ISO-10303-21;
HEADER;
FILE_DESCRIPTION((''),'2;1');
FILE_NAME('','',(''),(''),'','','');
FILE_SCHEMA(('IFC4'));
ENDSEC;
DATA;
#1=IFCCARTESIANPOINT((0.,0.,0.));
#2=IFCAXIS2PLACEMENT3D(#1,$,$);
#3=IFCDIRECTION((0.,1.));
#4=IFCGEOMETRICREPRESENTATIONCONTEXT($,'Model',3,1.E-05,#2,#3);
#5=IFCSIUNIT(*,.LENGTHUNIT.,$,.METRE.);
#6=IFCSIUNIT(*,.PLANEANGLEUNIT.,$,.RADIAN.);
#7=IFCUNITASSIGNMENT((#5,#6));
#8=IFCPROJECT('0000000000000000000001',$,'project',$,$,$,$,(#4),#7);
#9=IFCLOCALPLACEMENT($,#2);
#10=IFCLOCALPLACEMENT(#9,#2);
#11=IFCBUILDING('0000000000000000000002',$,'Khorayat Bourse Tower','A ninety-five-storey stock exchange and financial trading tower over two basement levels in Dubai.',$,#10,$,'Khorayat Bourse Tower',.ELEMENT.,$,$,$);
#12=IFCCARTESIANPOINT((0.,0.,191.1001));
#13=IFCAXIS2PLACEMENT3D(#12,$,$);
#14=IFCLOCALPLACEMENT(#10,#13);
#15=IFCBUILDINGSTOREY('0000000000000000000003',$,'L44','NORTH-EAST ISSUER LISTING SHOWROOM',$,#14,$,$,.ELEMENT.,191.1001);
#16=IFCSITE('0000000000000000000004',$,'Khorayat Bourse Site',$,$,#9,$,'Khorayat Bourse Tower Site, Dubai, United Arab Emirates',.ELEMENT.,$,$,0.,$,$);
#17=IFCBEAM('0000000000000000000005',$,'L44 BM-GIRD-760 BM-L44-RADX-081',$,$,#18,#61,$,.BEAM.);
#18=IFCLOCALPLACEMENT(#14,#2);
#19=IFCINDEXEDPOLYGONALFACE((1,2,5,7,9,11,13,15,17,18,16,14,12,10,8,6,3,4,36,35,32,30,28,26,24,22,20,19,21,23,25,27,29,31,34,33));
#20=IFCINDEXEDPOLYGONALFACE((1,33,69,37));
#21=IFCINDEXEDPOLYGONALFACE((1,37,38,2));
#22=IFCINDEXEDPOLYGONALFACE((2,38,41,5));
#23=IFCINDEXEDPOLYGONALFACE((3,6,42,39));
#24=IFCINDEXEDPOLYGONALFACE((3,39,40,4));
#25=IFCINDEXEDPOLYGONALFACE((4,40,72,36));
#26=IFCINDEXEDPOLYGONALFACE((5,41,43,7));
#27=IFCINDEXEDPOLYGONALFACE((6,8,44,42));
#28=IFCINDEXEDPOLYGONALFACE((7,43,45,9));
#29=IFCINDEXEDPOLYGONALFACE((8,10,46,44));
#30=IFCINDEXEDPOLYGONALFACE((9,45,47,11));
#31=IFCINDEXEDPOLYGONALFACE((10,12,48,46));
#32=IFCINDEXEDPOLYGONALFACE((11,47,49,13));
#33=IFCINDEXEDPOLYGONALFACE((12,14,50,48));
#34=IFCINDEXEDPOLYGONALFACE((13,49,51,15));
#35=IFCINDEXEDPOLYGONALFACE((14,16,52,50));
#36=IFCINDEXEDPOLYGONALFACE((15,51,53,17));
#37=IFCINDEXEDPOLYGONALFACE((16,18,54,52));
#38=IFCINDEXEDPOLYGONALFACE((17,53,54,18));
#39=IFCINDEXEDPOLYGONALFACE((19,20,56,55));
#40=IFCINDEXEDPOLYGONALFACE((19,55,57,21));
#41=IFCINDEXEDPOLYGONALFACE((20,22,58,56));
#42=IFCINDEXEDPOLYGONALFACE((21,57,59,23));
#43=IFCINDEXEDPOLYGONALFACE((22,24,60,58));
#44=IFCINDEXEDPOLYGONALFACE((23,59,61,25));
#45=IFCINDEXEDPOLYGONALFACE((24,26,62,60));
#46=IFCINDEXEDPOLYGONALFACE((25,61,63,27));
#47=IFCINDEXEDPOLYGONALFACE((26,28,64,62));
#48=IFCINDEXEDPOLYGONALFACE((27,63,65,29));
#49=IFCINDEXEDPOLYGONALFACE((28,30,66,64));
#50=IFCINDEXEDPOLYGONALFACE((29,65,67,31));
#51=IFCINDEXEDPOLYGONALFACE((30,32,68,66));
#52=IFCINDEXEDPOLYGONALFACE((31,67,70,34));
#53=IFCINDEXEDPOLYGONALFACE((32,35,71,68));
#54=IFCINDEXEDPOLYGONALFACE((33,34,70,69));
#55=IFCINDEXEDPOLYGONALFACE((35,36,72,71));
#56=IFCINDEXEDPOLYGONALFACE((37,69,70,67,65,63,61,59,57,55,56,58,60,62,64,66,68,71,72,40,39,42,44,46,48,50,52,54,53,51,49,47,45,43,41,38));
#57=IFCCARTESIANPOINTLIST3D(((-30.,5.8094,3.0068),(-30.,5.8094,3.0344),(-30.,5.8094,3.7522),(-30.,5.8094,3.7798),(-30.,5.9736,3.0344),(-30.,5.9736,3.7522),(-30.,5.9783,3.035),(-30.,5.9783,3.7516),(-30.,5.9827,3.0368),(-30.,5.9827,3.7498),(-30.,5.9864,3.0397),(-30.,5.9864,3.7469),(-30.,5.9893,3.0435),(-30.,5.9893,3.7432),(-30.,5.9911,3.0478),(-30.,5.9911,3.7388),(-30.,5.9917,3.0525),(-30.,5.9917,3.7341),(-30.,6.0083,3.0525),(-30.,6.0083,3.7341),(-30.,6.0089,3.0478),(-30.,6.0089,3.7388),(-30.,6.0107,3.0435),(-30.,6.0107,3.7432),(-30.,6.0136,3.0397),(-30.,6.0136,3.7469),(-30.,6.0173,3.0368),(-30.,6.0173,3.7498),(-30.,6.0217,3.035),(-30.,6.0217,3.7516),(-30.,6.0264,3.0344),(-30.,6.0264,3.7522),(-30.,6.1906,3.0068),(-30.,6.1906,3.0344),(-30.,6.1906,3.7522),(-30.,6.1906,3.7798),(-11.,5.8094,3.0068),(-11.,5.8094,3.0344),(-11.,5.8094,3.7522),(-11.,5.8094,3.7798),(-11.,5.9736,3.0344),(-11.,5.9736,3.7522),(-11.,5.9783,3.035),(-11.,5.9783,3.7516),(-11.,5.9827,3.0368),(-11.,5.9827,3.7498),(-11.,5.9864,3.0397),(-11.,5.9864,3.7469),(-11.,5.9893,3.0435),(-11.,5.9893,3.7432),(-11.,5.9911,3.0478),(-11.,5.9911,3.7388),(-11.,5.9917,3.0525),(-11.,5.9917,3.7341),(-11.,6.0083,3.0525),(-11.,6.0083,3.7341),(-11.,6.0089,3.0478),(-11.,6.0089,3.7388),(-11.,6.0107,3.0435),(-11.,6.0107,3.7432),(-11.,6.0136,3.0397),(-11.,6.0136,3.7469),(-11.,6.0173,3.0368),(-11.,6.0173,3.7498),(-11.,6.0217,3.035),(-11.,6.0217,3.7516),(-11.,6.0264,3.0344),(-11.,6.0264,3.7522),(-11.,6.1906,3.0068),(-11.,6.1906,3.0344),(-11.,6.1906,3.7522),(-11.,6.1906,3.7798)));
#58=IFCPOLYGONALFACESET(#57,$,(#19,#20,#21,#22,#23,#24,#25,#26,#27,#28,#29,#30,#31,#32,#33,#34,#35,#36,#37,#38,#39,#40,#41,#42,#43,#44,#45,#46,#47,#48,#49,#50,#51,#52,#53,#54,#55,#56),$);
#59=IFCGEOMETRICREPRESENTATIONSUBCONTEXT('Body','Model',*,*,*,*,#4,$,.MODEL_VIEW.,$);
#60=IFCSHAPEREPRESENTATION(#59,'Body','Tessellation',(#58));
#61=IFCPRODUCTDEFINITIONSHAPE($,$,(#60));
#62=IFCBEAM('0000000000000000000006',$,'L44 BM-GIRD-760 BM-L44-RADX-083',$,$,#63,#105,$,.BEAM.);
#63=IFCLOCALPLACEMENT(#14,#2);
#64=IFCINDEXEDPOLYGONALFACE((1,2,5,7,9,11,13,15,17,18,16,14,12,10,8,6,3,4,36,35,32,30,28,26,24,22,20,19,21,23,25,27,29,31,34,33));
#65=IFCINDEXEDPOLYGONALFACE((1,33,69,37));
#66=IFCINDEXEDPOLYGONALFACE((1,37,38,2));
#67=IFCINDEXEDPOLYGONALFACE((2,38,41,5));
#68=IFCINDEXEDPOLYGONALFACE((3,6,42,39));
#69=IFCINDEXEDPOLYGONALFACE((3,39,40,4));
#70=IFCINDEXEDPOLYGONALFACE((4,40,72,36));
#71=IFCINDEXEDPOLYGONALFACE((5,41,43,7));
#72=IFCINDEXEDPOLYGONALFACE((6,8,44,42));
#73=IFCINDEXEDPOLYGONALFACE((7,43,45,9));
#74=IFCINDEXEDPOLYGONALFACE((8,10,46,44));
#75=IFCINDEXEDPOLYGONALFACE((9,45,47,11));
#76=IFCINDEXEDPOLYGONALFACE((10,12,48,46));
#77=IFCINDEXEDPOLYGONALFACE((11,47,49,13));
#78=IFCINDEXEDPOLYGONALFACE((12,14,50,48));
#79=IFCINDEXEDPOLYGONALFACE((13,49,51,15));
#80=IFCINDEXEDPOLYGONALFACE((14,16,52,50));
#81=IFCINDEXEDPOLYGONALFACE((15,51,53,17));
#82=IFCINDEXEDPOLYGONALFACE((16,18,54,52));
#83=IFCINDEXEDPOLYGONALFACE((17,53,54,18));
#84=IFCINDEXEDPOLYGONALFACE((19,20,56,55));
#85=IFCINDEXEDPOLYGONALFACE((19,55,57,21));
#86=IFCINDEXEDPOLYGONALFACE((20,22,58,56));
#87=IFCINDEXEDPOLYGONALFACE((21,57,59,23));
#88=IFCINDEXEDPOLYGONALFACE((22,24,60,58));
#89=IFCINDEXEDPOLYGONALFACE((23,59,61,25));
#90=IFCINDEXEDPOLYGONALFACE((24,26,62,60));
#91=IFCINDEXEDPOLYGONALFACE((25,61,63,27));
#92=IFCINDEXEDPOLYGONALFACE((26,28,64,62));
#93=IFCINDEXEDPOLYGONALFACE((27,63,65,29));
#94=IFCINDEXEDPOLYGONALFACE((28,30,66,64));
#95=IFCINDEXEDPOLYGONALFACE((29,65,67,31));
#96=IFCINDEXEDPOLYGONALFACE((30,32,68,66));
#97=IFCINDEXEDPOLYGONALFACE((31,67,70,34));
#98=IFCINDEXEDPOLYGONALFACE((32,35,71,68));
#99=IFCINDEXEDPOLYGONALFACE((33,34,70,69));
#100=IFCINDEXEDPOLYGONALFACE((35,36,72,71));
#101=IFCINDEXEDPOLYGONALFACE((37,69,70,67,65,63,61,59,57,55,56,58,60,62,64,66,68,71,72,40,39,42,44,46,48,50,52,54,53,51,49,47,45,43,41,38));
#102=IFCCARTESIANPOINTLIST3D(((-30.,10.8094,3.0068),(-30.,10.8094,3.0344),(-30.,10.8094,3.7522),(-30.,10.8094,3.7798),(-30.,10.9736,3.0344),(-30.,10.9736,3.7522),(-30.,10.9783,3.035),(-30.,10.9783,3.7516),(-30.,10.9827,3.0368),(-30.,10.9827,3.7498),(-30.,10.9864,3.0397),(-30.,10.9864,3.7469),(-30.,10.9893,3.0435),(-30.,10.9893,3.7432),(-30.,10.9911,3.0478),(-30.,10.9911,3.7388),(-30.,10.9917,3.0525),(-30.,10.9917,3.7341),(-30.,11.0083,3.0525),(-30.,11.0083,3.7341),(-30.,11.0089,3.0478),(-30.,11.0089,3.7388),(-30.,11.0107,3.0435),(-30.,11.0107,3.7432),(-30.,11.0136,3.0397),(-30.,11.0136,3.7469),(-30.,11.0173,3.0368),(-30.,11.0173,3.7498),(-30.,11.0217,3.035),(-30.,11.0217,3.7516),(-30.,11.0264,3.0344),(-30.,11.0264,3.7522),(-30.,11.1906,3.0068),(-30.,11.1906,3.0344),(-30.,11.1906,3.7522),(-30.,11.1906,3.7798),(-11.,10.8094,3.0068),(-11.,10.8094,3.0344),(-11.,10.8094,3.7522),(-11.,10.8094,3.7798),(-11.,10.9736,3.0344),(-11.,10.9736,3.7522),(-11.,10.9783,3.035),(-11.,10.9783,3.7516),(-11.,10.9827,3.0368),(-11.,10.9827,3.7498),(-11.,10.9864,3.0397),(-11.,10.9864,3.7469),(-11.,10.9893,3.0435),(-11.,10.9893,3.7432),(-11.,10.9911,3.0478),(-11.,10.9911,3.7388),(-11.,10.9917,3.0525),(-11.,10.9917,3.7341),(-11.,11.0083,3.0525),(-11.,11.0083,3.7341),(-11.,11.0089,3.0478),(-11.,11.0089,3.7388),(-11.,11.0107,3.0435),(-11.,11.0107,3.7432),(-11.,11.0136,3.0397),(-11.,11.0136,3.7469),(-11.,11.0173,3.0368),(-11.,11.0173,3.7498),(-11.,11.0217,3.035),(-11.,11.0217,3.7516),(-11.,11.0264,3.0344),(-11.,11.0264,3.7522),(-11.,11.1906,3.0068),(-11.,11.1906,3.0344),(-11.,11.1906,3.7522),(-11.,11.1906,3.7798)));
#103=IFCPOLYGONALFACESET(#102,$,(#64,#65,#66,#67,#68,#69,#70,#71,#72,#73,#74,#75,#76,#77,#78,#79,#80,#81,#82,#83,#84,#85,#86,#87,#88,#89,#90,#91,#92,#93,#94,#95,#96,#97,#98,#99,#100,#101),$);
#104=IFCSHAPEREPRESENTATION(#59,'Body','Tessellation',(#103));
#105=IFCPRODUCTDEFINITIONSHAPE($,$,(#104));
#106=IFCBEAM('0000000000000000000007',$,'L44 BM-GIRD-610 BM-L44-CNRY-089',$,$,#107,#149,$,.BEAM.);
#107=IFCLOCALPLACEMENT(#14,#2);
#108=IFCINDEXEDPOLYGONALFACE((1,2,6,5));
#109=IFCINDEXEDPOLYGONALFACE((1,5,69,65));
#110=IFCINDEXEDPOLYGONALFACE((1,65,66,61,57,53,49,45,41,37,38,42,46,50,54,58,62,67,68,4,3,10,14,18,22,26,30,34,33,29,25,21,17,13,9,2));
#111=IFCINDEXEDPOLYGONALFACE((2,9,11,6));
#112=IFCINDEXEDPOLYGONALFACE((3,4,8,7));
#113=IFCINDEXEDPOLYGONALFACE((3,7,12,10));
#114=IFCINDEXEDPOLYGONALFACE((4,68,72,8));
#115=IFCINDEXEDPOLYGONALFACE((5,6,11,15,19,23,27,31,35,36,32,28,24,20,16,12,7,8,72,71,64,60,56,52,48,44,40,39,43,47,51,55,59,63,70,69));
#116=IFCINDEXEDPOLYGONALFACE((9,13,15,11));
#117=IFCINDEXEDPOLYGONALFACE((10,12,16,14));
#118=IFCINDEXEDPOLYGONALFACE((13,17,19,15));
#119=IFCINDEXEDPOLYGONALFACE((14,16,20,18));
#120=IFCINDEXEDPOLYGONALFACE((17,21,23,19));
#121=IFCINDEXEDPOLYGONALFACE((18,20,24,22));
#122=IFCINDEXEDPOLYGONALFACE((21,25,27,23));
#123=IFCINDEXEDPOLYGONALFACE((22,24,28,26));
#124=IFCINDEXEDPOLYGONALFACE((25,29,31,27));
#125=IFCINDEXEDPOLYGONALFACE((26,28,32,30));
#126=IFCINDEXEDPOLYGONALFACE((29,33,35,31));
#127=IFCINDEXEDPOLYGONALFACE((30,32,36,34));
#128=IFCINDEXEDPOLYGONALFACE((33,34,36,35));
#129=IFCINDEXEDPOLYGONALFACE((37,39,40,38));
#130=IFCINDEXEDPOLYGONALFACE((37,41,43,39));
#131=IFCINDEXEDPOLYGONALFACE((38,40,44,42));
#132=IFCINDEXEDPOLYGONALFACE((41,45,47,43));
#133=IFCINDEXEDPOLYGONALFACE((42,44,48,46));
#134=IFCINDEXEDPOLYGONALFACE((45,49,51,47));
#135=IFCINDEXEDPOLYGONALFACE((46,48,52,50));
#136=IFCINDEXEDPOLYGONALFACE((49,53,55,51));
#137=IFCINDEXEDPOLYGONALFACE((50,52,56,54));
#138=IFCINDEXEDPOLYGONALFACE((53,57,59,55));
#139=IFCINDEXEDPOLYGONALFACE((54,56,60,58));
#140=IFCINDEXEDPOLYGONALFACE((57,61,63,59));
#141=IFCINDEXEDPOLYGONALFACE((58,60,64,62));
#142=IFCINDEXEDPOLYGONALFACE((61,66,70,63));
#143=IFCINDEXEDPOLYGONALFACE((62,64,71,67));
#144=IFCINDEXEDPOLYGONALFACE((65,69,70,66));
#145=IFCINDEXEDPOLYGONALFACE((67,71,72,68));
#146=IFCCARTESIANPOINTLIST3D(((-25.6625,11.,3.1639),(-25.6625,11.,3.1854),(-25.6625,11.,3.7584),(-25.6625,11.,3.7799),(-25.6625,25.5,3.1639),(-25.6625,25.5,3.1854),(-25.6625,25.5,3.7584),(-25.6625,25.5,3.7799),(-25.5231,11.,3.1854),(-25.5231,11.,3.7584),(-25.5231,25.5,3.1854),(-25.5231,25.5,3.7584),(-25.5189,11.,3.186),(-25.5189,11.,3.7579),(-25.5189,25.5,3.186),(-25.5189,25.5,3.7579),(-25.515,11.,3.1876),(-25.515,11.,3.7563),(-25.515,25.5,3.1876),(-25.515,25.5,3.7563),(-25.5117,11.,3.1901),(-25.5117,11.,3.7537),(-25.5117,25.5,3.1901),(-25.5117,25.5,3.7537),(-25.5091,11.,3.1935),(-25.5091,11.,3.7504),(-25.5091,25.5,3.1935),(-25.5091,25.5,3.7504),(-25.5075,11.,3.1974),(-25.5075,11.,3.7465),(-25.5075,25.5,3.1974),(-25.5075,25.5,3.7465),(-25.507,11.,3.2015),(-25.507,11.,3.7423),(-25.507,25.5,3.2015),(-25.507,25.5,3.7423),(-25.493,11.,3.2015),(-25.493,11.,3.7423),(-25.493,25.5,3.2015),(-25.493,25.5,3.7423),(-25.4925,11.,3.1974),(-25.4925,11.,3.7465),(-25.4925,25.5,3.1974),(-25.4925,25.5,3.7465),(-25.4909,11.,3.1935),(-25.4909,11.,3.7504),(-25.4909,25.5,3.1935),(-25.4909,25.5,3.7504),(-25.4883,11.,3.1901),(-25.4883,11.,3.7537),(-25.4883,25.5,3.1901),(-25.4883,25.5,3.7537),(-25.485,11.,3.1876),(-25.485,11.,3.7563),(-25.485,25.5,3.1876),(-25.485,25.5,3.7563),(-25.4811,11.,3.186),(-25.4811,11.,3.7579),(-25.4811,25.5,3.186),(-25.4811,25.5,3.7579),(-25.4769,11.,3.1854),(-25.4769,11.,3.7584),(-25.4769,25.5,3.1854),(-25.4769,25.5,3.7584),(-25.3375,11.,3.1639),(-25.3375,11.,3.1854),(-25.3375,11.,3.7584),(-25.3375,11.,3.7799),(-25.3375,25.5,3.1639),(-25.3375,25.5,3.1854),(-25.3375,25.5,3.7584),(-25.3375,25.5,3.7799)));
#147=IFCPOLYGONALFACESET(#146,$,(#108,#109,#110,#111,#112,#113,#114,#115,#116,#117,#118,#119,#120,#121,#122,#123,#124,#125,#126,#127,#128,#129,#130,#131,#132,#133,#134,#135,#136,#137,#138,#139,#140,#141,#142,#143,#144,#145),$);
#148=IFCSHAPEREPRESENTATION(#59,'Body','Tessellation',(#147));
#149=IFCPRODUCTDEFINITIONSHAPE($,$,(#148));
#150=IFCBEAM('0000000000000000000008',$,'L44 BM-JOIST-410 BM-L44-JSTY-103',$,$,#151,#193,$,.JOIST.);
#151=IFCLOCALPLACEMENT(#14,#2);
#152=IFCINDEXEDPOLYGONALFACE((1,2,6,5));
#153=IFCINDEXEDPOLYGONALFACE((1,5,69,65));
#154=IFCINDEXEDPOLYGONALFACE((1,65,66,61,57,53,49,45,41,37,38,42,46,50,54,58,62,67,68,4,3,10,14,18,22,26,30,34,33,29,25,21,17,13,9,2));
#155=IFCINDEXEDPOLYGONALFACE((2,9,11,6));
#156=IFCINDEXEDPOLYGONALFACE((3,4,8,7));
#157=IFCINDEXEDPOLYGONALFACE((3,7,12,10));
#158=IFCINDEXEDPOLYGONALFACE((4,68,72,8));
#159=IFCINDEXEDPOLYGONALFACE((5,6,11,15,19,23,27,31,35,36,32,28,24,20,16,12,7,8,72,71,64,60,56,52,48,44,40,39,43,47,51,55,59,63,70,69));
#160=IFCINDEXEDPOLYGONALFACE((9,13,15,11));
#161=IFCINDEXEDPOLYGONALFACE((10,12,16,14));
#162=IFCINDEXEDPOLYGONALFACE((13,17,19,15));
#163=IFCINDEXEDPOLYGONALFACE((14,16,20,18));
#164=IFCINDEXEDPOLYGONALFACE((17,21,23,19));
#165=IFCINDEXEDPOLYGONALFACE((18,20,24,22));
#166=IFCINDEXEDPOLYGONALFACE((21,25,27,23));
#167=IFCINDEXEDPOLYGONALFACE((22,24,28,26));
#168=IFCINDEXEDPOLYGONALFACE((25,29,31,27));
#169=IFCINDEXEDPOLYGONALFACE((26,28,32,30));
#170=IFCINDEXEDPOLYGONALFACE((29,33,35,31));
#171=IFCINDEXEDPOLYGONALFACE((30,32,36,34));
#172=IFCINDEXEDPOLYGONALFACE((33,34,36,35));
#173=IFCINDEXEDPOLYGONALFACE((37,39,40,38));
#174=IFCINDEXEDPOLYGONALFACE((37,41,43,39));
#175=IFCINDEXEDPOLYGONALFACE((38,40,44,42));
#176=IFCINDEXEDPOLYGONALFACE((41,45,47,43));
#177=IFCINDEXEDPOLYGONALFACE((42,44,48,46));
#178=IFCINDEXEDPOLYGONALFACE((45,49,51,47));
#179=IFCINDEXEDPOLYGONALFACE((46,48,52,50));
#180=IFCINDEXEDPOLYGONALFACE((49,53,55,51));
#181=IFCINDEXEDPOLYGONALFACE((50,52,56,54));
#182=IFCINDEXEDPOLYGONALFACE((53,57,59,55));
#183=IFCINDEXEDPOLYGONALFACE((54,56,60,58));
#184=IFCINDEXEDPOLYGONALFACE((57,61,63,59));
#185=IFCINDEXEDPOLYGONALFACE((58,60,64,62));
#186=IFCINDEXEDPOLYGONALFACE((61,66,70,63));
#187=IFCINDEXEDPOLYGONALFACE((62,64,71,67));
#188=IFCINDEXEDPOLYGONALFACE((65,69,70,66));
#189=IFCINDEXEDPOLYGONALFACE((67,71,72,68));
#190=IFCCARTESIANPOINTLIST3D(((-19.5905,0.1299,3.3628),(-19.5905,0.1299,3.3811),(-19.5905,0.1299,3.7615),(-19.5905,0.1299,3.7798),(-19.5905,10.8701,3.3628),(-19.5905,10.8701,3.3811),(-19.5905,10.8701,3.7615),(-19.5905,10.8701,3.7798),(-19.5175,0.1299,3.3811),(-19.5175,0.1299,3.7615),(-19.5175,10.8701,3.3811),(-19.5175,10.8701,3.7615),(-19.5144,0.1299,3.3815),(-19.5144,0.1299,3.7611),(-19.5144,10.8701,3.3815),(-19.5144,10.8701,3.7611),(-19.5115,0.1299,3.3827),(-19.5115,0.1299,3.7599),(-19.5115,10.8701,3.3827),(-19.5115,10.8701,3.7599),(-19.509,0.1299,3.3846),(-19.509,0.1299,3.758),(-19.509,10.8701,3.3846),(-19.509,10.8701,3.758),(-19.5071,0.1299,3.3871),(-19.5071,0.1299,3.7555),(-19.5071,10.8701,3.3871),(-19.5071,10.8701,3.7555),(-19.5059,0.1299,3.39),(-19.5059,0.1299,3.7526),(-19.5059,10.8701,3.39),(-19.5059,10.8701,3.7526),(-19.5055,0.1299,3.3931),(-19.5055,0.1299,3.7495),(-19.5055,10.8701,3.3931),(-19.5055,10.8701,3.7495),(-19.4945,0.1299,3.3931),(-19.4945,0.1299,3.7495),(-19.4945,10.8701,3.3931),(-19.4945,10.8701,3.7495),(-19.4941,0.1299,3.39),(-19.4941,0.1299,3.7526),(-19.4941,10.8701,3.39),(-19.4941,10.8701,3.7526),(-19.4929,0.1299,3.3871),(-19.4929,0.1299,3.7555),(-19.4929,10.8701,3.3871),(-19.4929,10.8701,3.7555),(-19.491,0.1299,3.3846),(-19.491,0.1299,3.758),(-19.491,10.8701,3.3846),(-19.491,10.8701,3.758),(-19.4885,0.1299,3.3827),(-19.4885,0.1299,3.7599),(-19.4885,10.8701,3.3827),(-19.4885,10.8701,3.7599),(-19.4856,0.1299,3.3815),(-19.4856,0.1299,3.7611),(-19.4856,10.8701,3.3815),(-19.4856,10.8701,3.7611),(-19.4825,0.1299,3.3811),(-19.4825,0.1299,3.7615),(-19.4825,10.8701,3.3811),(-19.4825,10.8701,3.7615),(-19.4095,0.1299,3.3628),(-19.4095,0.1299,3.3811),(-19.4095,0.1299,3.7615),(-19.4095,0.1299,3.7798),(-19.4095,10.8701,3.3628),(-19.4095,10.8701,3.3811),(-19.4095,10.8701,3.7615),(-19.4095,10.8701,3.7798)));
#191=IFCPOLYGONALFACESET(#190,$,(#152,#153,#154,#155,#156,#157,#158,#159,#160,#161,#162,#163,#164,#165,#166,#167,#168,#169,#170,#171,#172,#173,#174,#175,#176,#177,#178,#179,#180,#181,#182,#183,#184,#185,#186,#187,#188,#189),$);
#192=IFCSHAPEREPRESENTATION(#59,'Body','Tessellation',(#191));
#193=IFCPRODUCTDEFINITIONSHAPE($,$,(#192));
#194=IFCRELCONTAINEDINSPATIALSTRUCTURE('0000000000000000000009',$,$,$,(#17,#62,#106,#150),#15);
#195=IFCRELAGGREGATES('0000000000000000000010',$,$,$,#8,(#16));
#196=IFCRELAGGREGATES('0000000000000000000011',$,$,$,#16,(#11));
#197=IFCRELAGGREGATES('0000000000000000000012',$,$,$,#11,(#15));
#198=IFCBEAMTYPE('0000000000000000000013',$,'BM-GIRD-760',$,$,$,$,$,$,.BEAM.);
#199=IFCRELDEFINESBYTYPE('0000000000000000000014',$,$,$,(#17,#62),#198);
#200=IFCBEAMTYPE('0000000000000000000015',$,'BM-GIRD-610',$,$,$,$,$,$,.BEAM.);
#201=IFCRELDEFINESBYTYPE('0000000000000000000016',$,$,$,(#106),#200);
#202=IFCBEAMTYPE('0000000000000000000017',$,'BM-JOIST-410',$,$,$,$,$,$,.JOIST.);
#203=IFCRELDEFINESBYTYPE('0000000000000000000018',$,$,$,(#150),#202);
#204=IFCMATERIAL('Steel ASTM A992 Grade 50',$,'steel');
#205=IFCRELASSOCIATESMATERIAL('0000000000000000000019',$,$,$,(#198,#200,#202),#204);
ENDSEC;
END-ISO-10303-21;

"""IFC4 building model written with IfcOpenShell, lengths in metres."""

from ifc_helpers import new_model, si_unit, direction, frame, origin, origin_2d, place, context, subcontext, project, spatial, i_section, extrude, source, transform, mapped, material, material_profile, profile_set, type_object, element, save


model = new_model("IFC4")

# Units and contexts
model_context = context("Model", 3, precision=1e-05, world=origin(), true_north=direction((0.0, 1.0)))
body_context = subcontext(model_context, "Body", "Model", "MODEL_VIEW")
ifc_project = project(units=[si_unit("LENGTHUNIT", "METRE"), si_unit("PLANEANGLEUNIT", "RADIAN")], contexts=[model_context])

# Site, building, storey
site_placement = place(None, origin())
site = spatial("IfcSite", under=ifc_project, at=site_placement, Name="Khorayat Bourse Site", LongName="Khorayat Bourse Tower Site, Dubai, United Arab Emirates", CompositionType="ELEMENT", RefElevation=0.0)
building_placement = place(site_placement, origin())
building = spatial("IfcBuilding", under=site, at=building_placement, Name="Khorayat Bourse Tower", Description="A ninety-five-storey stock exchange and financial trading tower over two basement levels in Dubai.", LongName="Khorayat Bourse Tower", CompositionType="ELEMENT")
storey_placement = place(building_placement, frame((0.0, 0.0, 191.1001)))
storey = spatial("IfcBuildingStorey", under=building, at=storey_placement, Name="L44", Description="NORTH-EAST ISSUER LISTING SHOWROOM", CompositionType="ELEMENT", Elevation=191.1001)

# Beams
ifc_material_1 = material(Name="Steel ASTM A992 Grade 50", Category="steel")
ifc_material_profile_1 = material_profile(ifc_material_1, i_section(OverallWidth=0.3811, OverallDepth=0.7729, WebThickness=0.0166, FlangeThickness=0.0276, FilletRadius=0.0181, at=origin_2d()), Name="W760X257")
ifc_profile_set_1 = profile_set([ifc_material_profile_1], Name="Steel ASTM A992 Grade 50")
beam_type_1 = type_object("IfcBeamType", Name="BM-GIRD-760", PredefinedType="BEAM", material=ifc_profile_set_1)
shared_shape_1 = source(origin(), body_context, "Body", "SweptSolid", [
    extrude(i_section(OverallWidth=0.3811, OverallDepth=0.7729, WebThickness=0.0166, FlangeThickness=0.0276, FilletRadius=0.0181, at=origin_2d()), origin(), (0.0, 0.0, 1.0), 19.0),
])
for number, where, z_axis, x_axis, name in (
    (1, (-30.0, 6.0, 3.3933), (1.0, 0.0, 0.0), (0.0, 1.0, 0.0), "L44 BM-GIRD-760 BM-L44-RADX-081"),
    (2, (-30.0, 11.0, 3.3933), (1.0, 0.0, 0.0), (0.0, 1.0, 0.0), "L44 BM-GIRD-760 BM-L44-RADX-083"),
):
    element("IfcBeam", number, at=place(storey_placement, frame(where, z_axis=z_axis, x_axis=x_axis)), inside=storey, type_object=beam_type_1, Name=name, PredefinedType="BEAM", context=body_context, shape_type="MappedRepresentation", body=[
        mapped(shared_shape_1, transform((0.0, 0.0, 0.0), scale=1.0)),
    ])
ifc_material_profile_2 = material_profile(ifc_material_1, i_section(OverallWidth=0.325, OverallDepth=0.616, WebThickness=0.0139, FlangeThickness=0.0215, FilletRadius=0.0161, at=origin_2d()), Name="W610X174")
ifc_profile_set_2 = profile_set([ifc_material_profile_2], Name="Steel ASTM A992 Grade 50")
beam_type_2 = type_object("IfcBeamType", Name="BM-GIRD-610", PredefinedType="BEAM", material=ifc_profile_set_2)
shared_shape_2 = source(origin(), body_context, "Body", "SweptSolid", [
    extrude(i_section(OverallWidth=0.325, OverallDepth=0.616, WebThickness=0.0139, FlangeThickness=0.0215, FilletRadius=0.0161, at=origin_2d()), origin(), (0.0, 0.0, 1.0), 14.5),
])
beam_1_placement = place(storey_placement, frame((-25.5, 11.0, 3.4719), z_axis=(0.0, 1.0, 0.0), x_axis=(-1.0, 0.0, 0.0)))
element("IfcBeam", 3, at=beam_1_placement, inside=storey, type_object=beam_type_2, Name="L44 BM-GIRD-610 BM-L44-CNRY-089", PredefinedType="BEAM", context=body_context, shape_type="MappedRepresentation", body=[
    mapped(shared_shape_2, transform((0.0, 0.0, 0.0), scale=1.0)),
])
ifc_material_profile_3 = material_profile(ifc_material_1, i_section(OverallWidth=0.1809, OverallDepth=0.417, WebThickness=0.011, FlangeThickness=0.0183, FilletRadius=0.012, at=origin_2d()), Name="W410X85")
ifc_profile_set_3 = profile_set([ifc_material_profile_3], Name="Steel ASTM A992 Grade 50")
beam_type_3 = type_object("IfcBeamType", Name="BM-JOIST-410", PredefinedType="JOIST", material=ifc_profile_set_3)
shared_shape_3 = source(origin(), body_context, "Body", "SweptSolid", [
    extrude(i_section(OverallWidth=0.1809, OverallDepth=0.417, WebThickness=0.011, FlangeThickness=0.0183, FilletRadius=0.012, at=origin_2d()), origin(), (0.0, 0.0, 1.0), 10.7402),
])
beam_2_placement = place(storey_placement, frame((-19.5, 0.1299, 3.5713), z_axis=(0.0, 1.0, 0.0), x_axis=(-1.0, 0.0, 0.0)))
element("IfcBeam", 4, at=beam_2_placement, inside=storey, type_object=beam_type_3, Name="L44 BM-JOIST-410 BM-L44-JSTY-103", PredefinedType="JOIST", context=body_context, shape_type="MappedRepresentation", body=[
    mapped(shared_shape_3, transform((0.0, 0.0, 0.0), scale=1.0)),
])

save(model, "model.ifc")
